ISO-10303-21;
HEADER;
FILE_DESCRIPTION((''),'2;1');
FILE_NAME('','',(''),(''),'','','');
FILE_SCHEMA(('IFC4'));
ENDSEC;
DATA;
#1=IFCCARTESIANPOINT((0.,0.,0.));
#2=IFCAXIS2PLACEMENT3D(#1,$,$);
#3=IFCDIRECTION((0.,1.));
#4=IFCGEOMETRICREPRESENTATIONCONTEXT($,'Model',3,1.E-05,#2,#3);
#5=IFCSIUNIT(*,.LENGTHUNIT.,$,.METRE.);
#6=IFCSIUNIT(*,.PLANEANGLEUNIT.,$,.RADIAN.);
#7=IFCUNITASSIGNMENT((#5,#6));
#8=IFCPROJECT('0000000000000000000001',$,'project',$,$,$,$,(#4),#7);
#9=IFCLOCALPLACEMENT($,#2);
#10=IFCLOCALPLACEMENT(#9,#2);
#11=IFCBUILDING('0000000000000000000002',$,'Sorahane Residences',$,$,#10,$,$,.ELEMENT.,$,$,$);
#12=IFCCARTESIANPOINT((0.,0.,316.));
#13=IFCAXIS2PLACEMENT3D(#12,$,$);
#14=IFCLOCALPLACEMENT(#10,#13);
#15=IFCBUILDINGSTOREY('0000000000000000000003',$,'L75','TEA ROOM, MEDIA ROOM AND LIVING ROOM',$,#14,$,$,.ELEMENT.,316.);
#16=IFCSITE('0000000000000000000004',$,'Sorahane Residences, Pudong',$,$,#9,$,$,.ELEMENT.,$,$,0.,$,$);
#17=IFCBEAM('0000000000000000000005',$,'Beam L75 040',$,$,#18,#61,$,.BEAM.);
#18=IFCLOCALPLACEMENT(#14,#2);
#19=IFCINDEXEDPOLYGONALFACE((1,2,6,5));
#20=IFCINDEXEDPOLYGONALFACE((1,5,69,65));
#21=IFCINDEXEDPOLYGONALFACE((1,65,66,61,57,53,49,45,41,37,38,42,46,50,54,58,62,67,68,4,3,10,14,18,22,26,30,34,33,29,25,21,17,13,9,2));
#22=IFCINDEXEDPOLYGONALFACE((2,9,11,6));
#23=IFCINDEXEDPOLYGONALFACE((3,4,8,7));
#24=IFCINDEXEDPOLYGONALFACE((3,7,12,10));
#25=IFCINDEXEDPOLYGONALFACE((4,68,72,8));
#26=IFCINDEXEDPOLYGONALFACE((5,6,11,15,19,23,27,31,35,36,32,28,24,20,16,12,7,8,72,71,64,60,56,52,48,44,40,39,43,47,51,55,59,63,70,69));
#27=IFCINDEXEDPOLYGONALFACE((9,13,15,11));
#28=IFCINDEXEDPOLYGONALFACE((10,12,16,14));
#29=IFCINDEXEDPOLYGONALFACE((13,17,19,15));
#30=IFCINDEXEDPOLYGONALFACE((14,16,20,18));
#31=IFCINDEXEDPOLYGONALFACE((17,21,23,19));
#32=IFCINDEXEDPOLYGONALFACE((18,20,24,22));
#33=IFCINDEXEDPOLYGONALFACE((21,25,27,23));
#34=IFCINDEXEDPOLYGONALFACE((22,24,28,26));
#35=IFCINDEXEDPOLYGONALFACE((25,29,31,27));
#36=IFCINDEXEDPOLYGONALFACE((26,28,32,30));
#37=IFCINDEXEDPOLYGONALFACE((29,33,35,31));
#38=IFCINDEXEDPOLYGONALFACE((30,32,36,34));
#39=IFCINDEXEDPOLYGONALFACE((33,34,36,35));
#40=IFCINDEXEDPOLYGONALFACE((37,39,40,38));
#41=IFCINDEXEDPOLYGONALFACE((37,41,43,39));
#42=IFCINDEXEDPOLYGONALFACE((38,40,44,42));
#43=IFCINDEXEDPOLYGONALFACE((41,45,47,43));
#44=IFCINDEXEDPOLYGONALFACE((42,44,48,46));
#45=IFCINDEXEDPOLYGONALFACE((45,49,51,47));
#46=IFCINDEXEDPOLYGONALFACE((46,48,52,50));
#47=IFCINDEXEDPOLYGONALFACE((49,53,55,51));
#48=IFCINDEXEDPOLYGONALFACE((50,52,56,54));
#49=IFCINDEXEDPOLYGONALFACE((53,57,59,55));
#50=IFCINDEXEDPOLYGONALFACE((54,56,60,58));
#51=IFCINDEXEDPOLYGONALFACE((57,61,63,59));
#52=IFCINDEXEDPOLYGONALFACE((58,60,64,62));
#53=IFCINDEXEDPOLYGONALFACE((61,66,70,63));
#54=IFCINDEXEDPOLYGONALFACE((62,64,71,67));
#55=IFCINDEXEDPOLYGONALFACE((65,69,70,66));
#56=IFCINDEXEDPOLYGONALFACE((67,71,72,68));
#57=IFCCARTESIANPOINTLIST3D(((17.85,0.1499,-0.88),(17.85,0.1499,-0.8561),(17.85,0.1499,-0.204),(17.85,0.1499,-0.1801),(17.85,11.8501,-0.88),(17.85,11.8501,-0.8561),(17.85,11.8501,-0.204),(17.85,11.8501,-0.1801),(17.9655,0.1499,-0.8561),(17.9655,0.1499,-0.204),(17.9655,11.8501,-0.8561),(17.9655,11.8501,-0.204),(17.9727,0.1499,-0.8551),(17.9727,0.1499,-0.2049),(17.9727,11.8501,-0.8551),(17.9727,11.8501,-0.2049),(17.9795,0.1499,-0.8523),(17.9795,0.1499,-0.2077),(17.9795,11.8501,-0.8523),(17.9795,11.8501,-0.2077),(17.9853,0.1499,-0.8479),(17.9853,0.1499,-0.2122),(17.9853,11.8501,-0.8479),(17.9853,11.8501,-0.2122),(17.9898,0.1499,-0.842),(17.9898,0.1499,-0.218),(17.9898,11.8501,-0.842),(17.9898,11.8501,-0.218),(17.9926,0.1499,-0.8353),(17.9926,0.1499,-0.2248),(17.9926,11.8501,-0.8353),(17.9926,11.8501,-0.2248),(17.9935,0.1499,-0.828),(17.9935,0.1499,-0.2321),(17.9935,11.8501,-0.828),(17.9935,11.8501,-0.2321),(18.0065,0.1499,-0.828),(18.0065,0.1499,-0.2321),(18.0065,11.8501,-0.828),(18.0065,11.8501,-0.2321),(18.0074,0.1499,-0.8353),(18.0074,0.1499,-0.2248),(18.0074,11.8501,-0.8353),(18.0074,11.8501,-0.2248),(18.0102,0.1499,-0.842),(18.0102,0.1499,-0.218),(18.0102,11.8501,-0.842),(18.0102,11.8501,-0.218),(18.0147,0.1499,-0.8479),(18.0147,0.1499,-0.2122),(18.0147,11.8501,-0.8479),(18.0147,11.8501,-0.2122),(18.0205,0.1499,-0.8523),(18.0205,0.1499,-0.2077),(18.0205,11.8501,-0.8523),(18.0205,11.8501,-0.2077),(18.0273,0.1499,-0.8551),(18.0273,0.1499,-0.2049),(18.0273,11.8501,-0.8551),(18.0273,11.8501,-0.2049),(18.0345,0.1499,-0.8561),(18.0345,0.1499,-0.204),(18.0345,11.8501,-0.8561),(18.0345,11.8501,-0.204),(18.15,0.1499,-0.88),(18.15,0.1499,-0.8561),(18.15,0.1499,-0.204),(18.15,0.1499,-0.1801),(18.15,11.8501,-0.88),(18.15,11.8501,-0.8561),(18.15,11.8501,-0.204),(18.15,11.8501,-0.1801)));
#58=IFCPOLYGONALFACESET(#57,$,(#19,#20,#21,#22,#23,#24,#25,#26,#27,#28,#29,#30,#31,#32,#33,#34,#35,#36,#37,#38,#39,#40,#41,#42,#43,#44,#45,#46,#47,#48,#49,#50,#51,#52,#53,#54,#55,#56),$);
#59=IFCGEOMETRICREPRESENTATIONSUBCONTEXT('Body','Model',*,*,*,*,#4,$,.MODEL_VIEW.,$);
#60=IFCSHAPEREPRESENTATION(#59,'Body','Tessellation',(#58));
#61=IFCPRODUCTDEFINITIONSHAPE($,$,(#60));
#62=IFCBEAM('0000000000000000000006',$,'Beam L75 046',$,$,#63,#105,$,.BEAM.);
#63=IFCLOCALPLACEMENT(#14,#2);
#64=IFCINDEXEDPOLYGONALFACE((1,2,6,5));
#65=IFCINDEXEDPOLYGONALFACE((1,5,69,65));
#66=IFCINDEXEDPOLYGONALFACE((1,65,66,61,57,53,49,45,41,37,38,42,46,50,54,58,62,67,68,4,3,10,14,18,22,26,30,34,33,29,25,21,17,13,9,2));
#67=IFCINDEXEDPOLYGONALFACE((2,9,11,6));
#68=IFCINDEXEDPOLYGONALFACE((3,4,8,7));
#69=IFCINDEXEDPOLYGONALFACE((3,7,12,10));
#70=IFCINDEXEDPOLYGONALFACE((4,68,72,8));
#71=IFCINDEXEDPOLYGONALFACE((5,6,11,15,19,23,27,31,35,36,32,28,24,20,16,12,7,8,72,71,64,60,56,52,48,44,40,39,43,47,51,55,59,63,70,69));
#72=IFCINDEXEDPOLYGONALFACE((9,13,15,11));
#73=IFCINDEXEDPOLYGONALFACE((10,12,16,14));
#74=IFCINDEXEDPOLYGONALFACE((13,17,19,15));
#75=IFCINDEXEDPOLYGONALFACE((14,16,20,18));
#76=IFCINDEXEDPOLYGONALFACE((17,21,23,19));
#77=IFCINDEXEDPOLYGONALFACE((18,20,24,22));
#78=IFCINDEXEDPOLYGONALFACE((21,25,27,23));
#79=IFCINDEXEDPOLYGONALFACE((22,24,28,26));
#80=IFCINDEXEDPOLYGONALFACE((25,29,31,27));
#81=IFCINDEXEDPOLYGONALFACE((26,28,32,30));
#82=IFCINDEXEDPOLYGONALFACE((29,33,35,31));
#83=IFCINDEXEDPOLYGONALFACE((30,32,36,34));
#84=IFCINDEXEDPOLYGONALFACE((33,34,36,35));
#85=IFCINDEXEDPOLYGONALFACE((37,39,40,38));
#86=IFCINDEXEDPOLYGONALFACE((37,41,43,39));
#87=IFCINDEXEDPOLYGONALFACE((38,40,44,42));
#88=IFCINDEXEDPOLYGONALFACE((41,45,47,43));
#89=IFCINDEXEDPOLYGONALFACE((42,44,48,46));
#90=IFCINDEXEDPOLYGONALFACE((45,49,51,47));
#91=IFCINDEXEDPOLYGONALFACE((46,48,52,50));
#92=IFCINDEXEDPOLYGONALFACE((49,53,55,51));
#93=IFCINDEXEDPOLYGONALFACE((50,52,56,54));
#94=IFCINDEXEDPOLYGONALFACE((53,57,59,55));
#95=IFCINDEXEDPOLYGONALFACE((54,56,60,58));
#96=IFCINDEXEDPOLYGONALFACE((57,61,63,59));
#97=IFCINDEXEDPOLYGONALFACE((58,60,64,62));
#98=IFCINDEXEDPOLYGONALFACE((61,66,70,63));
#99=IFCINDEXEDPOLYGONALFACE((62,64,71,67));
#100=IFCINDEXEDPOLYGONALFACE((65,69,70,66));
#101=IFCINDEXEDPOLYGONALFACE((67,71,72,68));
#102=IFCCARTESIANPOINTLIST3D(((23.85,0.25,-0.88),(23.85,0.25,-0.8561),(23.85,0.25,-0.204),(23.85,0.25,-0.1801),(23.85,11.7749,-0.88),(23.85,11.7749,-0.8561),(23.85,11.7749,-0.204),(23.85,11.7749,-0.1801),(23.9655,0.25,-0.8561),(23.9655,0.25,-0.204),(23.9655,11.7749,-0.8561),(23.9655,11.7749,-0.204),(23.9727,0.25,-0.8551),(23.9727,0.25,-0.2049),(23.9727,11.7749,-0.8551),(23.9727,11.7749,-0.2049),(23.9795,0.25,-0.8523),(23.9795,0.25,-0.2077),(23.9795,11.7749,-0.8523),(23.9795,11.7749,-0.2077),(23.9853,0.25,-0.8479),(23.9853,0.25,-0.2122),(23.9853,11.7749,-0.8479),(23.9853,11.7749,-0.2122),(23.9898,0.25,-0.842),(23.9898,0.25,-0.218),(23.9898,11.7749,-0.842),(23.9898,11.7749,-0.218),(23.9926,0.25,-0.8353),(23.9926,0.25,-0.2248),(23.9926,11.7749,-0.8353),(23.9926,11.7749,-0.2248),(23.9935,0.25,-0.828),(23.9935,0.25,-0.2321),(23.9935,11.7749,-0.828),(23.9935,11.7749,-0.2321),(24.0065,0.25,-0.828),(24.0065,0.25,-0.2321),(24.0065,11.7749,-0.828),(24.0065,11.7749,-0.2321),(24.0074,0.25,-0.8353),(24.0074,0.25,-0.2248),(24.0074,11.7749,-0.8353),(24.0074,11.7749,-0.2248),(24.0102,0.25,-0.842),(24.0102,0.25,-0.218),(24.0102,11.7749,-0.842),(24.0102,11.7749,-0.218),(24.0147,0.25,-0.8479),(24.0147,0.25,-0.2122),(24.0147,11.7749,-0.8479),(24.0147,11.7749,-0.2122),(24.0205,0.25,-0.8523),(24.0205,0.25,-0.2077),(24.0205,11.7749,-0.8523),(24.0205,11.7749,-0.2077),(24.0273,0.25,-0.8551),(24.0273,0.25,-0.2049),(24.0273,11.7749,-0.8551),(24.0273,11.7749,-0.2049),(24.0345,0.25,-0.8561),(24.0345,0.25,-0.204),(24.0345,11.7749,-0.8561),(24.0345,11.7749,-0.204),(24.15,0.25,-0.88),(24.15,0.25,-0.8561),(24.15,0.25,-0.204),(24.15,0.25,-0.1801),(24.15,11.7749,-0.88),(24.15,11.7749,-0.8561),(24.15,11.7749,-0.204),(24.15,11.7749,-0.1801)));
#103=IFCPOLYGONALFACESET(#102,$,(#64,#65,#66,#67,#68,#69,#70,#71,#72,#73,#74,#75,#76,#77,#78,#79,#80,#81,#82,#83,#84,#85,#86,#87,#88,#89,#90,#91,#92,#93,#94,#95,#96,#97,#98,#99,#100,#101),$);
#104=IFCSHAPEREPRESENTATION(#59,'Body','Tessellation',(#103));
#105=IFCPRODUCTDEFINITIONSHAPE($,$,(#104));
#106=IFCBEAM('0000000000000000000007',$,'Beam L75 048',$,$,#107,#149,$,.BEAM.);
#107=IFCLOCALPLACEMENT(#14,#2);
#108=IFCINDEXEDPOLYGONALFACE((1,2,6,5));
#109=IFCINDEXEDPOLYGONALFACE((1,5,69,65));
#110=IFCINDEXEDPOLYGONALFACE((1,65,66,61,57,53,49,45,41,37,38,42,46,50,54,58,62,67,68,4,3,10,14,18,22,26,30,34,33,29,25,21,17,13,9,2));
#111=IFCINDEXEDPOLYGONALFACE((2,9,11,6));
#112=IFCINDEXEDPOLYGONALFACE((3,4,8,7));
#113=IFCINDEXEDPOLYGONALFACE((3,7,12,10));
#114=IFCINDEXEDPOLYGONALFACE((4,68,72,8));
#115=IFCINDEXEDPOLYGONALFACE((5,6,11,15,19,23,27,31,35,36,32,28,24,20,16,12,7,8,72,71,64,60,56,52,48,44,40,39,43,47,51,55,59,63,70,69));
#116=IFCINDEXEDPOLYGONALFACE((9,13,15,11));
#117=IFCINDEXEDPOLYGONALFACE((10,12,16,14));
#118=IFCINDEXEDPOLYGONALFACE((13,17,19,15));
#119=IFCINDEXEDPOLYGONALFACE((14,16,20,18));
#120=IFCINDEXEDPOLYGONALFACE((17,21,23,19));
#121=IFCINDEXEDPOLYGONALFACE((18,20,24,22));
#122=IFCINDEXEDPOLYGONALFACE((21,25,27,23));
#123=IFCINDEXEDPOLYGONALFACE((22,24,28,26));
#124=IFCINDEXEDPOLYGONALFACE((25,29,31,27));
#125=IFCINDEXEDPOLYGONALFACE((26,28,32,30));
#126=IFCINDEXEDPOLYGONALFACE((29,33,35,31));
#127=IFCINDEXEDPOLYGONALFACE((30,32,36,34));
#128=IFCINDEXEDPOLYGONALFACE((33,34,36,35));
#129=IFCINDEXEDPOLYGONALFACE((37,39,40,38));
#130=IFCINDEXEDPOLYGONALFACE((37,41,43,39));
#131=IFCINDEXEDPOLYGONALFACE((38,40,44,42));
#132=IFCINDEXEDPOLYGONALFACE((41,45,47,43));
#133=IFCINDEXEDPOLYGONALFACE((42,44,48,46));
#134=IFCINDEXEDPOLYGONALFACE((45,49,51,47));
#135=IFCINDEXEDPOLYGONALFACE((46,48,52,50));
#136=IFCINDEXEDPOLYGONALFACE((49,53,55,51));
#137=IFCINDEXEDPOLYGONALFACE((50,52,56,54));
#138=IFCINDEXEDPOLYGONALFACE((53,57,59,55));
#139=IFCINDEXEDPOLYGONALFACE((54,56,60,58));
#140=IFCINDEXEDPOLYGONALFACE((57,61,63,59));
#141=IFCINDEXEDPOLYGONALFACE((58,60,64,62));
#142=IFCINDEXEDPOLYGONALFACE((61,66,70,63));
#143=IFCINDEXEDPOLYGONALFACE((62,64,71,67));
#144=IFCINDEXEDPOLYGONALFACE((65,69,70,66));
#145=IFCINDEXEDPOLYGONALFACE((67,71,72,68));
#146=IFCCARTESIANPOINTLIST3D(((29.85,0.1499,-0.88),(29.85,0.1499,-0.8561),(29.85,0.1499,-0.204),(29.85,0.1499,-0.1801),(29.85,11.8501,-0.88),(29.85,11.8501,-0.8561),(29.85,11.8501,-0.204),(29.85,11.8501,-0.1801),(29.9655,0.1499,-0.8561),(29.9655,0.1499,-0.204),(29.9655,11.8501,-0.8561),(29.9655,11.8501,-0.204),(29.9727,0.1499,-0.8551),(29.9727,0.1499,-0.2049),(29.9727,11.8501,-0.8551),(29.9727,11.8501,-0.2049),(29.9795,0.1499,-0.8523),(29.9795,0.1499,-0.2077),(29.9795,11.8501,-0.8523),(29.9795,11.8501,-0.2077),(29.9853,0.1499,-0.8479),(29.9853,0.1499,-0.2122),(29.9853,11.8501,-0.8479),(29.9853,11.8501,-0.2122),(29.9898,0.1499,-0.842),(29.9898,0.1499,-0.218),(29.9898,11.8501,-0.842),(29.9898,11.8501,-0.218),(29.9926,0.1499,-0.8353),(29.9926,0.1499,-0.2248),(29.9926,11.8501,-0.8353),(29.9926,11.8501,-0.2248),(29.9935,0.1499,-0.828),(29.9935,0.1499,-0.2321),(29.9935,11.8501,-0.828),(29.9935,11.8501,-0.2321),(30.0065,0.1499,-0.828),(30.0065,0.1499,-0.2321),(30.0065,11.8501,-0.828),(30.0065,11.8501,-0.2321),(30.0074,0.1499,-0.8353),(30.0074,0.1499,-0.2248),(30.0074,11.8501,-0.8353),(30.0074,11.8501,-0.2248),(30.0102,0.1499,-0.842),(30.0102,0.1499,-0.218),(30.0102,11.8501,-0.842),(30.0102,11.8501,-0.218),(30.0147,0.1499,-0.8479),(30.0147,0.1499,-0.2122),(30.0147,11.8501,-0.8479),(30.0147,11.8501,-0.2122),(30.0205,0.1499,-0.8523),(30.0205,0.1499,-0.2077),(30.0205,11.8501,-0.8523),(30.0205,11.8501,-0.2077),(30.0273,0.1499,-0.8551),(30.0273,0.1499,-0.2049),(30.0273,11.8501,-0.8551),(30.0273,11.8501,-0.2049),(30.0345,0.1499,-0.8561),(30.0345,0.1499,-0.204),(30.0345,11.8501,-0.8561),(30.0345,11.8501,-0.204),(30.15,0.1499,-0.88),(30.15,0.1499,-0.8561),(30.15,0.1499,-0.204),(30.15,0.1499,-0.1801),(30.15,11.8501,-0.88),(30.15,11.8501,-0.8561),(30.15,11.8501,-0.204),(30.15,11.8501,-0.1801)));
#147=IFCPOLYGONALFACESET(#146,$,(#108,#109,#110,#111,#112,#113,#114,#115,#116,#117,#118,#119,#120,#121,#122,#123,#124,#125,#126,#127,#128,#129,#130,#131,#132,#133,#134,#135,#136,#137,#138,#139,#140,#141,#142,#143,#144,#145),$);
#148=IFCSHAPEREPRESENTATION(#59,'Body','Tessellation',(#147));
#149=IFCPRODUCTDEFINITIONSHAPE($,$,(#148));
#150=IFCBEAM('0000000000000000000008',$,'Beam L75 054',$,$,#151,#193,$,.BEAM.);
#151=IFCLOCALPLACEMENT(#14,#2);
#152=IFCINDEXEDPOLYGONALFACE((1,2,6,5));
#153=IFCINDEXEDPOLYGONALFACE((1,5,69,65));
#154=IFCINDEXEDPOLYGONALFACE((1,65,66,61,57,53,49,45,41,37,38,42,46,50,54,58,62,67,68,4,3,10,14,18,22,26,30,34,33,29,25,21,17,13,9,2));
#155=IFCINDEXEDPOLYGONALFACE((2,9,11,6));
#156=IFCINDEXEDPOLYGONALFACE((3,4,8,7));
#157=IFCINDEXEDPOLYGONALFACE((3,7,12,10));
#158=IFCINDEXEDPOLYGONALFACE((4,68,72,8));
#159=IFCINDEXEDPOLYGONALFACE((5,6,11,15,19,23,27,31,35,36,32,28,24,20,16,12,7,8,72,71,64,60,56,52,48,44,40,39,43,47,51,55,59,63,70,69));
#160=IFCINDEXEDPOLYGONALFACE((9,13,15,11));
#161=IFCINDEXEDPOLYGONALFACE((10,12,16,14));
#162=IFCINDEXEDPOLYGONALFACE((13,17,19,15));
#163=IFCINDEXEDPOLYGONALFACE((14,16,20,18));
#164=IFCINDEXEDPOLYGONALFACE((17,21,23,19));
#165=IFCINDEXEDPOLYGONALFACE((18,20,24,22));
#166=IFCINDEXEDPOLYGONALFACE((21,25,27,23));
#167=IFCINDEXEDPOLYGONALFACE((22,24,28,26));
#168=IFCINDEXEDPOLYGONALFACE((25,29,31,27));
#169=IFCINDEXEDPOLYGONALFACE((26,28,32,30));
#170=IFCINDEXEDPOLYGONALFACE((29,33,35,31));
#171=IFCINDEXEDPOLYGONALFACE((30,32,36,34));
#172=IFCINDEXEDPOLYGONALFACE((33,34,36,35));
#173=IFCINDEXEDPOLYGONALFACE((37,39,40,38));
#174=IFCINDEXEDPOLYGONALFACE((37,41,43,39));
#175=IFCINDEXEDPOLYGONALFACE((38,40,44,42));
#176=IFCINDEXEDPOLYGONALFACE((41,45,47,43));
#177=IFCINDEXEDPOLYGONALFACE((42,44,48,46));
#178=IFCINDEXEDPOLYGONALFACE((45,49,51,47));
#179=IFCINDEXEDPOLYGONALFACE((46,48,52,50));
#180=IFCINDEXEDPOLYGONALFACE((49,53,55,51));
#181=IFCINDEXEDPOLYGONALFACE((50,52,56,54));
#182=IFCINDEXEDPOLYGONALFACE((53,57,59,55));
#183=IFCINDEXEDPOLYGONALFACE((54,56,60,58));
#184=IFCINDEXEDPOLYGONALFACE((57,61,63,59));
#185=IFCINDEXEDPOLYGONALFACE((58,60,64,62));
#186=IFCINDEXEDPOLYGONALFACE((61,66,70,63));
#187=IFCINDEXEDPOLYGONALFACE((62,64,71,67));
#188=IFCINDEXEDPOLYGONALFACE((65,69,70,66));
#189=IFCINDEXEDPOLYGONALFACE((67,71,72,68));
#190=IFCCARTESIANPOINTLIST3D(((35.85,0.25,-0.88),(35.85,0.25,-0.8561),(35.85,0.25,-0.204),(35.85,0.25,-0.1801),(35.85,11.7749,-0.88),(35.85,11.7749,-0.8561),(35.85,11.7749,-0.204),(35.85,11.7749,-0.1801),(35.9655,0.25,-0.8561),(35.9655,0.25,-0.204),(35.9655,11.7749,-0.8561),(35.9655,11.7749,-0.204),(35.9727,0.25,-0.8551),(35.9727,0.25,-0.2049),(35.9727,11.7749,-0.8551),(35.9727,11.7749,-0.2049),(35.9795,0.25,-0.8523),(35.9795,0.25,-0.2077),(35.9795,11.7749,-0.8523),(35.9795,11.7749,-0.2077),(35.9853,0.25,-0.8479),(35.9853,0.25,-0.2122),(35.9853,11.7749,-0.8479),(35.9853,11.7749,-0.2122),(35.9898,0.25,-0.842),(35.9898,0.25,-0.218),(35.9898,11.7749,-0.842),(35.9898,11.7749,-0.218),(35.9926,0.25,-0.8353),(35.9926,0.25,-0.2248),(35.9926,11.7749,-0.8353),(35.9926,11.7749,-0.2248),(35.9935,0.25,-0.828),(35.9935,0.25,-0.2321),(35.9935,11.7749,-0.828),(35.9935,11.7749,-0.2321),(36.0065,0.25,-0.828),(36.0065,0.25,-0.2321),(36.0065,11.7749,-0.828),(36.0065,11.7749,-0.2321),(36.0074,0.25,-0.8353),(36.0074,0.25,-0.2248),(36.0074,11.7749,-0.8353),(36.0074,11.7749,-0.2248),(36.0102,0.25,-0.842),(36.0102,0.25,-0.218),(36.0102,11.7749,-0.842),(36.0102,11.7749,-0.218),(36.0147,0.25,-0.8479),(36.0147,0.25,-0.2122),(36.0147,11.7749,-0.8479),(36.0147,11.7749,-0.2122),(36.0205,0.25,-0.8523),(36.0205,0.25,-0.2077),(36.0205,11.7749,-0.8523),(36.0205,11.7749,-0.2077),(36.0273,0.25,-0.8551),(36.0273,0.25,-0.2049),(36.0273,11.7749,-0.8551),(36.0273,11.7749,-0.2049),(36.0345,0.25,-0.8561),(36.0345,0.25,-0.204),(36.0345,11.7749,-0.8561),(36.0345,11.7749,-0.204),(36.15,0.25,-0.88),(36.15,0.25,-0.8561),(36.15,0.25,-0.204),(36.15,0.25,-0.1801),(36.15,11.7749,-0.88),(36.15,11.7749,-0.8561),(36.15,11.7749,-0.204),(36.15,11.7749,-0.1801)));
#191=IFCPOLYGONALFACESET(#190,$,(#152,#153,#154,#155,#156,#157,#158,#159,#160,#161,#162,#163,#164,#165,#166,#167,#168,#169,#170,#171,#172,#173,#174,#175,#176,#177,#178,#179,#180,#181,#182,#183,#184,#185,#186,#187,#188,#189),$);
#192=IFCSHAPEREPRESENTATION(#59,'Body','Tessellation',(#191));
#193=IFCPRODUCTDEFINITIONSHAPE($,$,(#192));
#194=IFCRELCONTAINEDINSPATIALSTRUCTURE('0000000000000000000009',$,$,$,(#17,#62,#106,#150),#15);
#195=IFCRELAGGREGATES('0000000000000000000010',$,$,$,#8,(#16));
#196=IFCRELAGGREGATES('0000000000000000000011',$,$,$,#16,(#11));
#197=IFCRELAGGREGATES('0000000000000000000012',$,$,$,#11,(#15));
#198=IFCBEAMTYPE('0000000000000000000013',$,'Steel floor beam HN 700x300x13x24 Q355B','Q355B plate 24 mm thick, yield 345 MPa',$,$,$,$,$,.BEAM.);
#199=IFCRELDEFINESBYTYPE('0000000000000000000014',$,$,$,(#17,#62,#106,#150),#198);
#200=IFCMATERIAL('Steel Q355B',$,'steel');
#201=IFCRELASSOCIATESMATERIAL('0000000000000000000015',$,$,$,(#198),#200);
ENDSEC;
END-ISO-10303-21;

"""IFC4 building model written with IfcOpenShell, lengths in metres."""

from ifc_helpers import new_model, si_unit, direction, frame, origin, origin_2d, place, context, subcontext, project, spatial, i_section, extrude, material, material_profile, profile_set, type_object, element, save


model = new_model("IFC4")

# Units and contexts
model_context = context("Model", 3, precision=1e-05, world=origin(), true_north=direction((0.0, 1.0)))
body_context = subcontext(model_context, "Body", "Model", "MODEL_VIEW")
ifc_project = project(units=[si_unit("LENGTHUNIT", "METRE"), si_unit("PLANEANGLEUNIT", "RADIAN")], contexts=[model_context])

# Site, building, storey
site_placement = place(None, origin())
site = spatial("IfcSite", under=ifc_project, at=site_placement, Name="Sorahane Residences, Pudong", CompositionType="ELEMENT", RefElevation=0.0)
building_placement = place(site_placement, origin())
building = spatial("IfcBuilding", under=site, at=building_placement, Name="Sorahane Residences", CompositionType="ELEMENT")
storey_placement = place(building_placement, frame((0.0, 0.0, 316.0)))
storey = spatial("IfcBuildingStorey", under=building, at=storey_placement, Name="L75", Description="TEA ROOM, MEDIA ROOM AND LIVING ROOM", CompositionType="ELEMENT", Elevation=316.0)

# Beams
ifc_material_1 = material(Name="Steel Q355B", Category="steel")
ifc_material_profile_1 = material_profile(ifc_material_1, i_section(OverallWidth=0.3, OverallDepth=0.7, WebThickness=0.0129, FlangeThickness=0.0239, FilletRadius=0.0281, at=origin_2d()), Name="HN 700x300x13x24")
ifc_profile_set_1 = profile_set([ifc_material_profile_1], Name="Steel Q355B")
beam_type_1 = type_object("IfcBeamType", Name="Steel floor beam HN 700x300x13x24 Q355B", Description="Q355B plate 24 mm thick, yield 345 MPa", PredefinedType="BEAM", material=ifc_profile_set_1)
beam_1_placement = place(storey_placement, frame((18.0, 0.1499, -0.53), z_axis=(0.0, 1.0, 0.0), x_axis=(-1.0, 0.0, 0.0)))
element("IfcBeam", 1, at=beam_1_placement, inside=storey, type_object=beam_type_1, Name="Beam L75 040", PredefinedType="BEAM", context=body_context, shape_type="SweptSolid", body=[
    extrude(i_section(OverallWidth=0.3, OverallDepth=0.7, WebThickness=0.0129, FlangeThickness=0.0239, FilletRadius=0.0281, at=origin_2d()), origin(), (0.0, 0.0, 1.0), 11.7002),
])
beam_2_placement = place(storey_placement, frame((24.0, 0.25, -0.53), z_axis=(0.0, 1.0, 0.0), x_axis=(-1.0, 0.0, 0.0)))
element("IfcBeam", 2, at=beam_2_placement, inside=storey, type_object=beam_type_1, Name="Beam L75 046", PredefinedType="BEAM", context=body_context, shape_type="SweptSolid", body=[
    extrude(i_section(OverallWidth=0.3, OverallDepth=0.7, WebThickness=0.0129, FlangeThickness=0.0239, FilletRadius=0.0281, at=origin_2d()), origin(), (0.0, 0.0, 1.0), 11.5249),
])
beam_3_placement = place(storey_placement, frame((30.0, 0.1499, -0.53), z_axis=(0.0, 1.0, 0.0), x_axis=(-1.0, 0.0, 0.0)))
element("IfcBeam", 3, at=beam_3_placement, inside=storey, type_object=beam_type_1, Name="Beam L75 048", PredefinedType="BEAM", context=body_context, shape_type="SweptSolid", body=[
    extrude(i_section(OverallWidth=0.3, OverallDepth=0.7, WebThickness=0.0129, FlangeThickness=0.0239, FilletRadius=0.0281, at=origin_2d()), origin(), (0.0, 0.0, 1.0), 11.7002),
])
beam_4_placement = place(storey_placement, frame((36.0, 0.25, -0.53), z_axis=(0.0, 1.0, 0.0), x_axis=(-1.0, 0.0, 0.0)))
element("IfcBeam", 4, at=beam_4_placement, inside=storey, type_object=beam_type_1, Name="Beam L75 054", PredefinedType="BEAM", context=body_context, shape_type="SweptSolid", body=[
    extrude(i_section(OverallWidth=0.3, OverallDepth=0.7, WebThickness=0.0129, FlangeThickness=0.0239, FilletRadius=0.0281, at=origin_2d()), origin(), (0.0, 0.0, 1.0), 11.5249),
])

save(model, "model.ifc")
